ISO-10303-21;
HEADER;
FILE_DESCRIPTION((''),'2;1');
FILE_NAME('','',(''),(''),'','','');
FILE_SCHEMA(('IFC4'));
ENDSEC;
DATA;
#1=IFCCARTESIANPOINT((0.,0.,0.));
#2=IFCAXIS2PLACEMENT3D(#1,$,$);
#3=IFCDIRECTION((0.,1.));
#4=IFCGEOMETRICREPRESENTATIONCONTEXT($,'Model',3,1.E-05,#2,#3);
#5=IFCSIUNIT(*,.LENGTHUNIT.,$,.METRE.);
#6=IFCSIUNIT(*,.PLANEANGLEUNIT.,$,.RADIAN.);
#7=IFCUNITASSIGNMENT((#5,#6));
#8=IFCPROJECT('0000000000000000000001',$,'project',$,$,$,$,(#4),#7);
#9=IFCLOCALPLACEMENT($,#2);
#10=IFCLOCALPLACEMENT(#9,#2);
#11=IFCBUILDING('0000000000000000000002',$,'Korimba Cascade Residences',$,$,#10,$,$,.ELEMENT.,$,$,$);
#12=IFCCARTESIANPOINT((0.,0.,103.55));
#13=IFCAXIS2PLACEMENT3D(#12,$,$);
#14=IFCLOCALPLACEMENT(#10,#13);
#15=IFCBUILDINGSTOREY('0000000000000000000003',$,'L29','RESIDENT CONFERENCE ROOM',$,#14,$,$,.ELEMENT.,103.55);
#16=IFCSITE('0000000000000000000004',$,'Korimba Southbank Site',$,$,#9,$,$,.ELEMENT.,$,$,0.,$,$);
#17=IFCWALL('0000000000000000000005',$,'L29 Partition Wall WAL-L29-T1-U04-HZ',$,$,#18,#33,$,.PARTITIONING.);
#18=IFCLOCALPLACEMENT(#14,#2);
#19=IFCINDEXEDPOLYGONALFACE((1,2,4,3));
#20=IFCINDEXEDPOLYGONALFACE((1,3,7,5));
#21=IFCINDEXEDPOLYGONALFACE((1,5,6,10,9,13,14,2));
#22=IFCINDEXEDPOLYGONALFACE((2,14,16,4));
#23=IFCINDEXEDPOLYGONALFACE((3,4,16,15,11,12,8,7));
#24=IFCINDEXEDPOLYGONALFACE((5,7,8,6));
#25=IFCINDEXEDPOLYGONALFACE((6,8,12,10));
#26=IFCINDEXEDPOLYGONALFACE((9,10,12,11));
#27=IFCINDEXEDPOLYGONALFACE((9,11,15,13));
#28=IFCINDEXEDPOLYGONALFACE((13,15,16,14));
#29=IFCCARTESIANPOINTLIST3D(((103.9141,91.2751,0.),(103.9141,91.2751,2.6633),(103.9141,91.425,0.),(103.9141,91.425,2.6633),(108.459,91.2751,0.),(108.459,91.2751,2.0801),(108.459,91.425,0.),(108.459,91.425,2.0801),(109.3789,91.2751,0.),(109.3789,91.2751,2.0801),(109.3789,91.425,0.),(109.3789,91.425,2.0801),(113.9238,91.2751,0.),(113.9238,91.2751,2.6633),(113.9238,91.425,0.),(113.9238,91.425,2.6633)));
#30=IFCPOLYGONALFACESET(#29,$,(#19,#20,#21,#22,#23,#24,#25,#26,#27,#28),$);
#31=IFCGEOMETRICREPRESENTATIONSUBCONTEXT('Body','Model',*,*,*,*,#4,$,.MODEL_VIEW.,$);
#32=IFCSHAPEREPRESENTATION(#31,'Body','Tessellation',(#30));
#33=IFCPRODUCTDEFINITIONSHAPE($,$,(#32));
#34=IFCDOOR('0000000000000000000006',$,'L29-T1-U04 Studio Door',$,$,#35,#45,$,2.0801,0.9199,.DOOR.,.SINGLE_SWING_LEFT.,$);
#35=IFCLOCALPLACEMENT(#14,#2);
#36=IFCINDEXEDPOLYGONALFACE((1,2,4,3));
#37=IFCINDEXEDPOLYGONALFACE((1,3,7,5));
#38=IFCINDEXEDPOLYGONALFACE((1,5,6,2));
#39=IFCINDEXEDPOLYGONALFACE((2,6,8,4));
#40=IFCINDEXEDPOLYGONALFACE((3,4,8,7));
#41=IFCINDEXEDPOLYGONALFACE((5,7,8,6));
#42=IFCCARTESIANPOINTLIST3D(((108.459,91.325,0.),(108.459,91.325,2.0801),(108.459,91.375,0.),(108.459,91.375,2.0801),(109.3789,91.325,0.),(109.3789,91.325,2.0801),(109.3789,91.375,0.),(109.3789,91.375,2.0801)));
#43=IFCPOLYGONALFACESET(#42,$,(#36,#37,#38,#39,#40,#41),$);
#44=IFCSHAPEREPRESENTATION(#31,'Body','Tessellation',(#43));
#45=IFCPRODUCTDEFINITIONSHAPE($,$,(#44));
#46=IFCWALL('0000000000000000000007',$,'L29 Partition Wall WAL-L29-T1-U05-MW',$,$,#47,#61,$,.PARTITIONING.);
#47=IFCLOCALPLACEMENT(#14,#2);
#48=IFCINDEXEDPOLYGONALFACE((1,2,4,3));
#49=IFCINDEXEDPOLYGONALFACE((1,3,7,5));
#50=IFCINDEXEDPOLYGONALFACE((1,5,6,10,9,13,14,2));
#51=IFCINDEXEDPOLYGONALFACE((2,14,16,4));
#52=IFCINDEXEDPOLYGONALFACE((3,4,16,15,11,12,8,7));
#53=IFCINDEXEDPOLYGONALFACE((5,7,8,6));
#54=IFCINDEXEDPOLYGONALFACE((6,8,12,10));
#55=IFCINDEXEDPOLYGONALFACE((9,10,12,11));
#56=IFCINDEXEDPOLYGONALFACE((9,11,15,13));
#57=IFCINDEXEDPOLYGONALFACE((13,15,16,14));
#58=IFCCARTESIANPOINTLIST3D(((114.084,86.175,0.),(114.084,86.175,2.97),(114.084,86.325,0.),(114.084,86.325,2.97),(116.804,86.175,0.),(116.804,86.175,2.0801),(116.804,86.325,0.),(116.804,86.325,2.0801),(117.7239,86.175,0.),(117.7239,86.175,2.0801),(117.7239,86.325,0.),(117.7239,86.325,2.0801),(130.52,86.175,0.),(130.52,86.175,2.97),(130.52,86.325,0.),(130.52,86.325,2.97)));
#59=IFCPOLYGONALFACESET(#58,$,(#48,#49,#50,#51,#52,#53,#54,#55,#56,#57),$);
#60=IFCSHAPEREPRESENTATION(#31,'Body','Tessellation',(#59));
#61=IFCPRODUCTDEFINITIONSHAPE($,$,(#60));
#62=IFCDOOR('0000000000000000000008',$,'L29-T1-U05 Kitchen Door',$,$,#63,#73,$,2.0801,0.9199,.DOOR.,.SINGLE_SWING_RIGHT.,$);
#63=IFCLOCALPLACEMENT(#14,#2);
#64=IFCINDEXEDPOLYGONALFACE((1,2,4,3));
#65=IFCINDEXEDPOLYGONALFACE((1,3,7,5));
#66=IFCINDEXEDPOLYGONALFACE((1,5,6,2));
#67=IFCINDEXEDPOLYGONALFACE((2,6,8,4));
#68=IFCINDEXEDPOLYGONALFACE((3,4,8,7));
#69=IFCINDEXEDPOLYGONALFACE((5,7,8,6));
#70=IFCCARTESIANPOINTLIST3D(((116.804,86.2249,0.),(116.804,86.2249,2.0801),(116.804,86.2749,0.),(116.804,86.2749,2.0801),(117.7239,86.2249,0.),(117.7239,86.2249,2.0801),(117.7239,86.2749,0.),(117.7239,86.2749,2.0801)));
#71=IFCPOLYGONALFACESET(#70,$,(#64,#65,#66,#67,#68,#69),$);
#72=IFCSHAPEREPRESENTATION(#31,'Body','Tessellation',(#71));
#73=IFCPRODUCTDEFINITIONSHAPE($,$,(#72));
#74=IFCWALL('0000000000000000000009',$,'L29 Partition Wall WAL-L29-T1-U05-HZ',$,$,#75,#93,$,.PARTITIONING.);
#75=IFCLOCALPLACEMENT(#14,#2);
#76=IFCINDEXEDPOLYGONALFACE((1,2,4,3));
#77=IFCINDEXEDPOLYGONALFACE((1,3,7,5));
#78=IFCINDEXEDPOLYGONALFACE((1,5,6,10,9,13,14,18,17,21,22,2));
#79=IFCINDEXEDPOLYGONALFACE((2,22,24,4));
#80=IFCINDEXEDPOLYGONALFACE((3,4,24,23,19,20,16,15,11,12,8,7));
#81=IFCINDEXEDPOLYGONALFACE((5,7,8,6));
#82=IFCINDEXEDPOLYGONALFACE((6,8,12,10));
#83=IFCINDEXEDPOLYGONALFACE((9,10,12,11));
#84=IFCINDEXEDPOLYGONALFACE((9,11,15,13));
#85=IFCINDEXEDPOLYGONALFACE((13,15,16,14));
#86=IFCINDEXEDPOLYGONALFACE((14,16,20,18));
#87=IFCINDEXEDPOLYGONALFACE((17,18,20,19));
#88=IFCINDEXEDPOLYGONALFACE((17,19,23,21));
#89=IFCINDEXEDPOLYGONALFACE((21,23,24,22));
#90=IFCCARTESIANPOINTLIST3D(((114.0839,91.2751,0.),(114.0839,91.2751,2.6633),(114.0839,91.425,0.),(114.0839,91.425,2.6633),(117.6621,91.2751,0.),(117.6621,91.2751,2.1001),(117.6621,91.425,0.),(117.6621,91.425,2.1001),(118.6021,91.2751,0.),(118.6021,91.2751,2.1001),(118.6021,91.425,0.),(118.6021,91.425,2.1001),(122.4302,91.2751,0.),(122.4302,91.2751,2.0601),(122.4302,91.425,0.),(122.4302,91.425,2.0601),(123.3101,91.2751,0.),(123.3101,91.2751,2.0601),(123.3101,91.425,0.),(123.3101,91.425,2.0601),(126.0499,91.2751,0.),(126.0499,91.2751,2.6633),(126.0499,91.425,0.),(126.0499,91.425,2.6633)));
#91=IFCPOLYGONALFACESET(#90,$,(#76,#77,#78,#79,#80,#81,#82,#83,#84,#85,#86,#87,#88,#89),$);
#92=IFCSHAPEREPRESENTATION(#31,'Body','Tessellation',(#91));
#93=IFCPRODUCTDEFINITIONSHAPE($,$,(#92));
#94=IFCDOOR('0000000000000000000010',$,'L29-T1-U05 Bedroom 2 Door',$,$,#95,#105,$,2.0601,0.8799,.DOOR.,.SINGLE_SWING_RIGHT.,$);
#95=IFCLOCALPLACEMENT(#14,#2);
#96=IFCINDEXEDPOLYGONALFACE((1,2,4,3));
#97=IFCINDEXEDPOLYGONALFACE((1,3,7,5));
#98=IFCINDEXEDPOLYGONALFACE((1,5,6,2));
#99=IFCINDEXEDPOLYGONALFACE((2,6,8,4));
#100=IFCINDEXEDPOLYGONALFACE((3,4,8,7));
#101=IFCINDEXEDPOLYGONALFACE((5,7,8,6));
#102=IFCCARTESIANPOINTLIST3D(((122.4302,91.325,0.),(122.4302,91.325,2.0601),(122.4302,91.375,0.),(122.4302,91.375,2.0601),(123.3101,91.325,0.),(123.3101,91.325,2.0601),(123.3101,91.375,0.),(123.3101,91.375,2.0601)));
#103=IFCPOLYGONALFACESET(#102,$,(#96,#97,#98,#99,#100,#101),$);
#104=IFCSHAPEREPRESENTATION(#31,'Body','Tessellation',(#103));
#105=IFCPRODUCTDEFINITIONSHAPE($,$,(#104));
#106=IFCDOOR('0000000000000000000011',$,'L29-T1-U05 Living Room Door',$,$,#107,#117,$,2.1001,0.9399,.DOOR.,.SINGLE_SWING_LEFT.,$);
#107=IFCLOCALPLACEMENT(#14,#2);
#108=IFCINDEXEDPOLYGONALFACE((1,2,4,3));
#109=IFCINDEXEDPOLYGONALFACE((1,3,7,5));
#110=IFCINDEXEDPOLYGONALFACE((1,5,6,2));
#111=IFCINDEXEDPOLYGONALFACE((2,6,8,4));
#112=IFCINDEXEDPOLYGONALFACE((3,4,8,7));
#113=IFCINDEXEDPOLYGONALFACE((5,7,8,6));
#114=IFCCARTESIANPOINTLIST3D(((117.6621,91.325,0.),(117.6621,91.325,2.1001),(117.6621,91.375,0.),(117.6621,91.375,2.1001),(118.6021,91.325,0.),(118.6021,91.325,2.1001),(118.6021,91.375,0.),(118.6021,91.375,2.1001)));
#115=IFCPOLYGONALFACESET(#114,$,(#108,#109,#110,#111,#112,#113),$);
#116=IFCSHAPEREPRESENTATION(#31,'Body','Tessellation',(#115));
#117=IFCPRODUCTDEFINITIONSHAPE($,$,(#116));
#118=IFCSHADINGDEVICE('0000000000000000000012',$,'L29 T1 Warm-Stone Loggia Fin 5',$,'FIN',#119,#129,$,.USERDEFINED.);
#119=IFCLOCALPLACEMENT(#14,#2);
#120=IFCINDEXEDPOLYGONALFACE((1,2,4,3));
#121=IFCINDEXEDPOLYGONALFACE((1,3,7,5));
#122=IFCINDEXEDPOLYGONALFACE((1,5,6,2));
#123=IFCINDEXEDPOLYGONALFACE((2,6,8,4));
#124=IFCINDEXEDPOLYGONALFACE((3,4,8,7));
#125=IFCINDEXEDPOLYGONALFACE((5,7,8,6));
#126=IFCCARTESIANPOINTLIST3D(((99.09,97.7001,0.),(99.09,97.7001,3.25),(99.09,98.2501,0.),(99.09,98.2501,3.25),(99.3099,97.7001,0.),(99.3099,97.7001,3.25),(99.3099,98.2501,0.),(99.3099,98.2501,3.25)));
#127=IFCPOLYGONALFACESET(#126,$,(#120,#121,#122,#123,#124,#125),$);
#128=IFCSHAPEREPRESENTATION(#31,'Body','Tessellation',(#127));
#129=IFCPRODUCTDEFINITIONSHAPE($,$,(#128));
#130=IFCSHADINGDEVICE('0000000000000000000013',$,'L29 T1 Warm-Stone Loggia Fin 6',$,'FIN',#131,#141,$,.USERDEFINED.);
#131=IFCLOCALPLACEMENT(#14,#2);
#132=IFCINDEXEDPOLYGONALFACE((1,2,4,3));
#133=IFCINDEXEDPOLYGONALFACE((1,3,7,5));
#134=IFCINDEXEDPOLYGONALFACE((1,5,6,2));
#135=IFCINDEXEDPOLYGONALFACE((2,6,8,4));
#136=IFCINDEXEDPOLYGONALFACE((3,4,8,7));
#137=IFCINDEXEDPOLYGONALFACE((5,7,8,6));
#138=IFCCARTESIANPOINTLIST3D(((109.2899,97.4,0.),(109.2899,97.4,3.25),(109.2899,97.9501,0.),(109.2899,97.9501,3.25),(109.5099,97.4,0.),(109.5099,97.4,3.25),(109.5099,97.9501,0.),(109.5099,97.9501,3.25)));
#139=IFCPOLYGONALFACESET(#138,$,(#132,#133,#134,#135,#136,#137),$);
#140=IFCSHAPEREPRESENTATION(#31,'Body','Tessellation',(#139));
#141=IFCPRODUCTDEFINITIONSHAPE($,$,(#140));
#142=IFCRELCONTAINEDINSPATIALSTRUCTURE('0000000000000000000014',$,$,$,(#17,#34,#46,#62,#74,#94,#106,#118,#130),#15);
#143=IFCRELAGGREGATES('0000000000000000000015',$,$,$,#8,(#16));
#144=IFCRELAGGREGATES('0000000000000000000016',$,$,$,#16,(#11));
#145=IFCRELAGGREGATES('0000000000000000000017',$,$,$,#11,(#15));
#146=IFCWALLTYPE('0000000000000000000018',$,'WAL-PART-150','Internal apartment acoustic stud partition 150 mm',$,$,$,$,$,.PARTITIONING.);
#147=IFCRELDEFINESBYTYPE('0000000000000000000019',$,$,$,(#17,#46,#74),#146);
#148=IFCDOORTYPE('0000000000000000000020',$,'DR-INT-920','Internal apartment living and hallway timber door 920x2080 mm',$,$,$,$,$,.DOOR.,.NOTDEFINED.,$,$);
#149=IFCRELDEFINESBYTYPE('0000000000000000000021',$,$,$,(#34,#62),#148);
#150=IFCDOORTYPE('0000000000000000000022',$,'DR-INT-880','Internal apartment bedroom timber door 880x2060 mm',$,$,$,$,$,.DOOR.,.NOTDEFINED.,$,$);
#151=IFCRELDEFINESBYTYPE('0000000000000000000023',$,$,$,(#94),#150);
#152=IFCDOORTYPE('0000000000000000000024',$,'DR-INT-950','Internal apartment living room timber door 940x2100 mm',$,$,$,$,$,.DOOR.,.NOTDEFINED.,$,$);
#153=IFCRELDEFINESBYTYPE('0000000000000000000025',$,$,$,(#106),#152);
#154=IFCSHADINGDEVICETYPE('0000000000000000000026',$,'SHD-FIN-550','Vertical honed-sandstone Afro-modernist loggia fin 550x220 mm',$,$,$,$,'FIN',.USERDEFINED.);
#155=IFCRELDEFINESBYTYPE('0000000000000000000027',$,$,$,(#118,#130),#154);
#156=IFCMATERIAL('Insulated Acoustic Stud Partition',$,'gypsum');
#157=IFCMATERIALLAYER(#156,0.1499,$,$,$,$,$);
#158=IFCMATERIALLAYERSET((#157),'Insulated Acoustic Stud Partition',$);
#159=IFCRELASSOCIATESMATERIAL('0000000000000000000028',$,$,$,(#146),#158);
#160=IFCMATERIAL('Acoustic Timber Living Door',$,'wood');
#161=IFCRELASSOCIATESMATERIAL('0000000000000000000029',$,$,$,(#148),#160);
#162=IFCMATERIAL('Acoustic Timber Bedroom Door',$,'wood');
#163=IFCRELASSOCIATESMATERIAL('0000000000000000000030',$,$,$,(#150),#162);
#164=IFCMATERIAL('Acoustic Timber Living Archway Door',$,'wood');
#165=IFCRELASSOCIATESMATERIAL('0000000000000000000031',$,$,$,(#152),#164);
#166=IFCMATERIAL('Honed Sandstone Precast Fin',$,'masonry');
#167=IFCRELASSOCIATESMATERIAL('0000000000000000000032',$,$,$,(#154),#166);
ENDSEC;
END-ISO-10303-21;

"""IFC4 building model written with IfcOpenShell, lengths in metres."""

from ifc_helpers import new_model, si_unit, direction, frame, frame_2d, origin, origin_2d, place, context, subcontext, project, spatial, rectangle, extrude, material, layer, layer_set, type_object, element, fill, save


model = new_model("IFC4")

# Units and contexts
model_context = context("Model", 3, precision=1e-05, world=origin(), true_north=direction((0.0, 1.0)))
body_context = subcontext(model_context, "Body", "Model", "MODEL_VIEW")
ifc_project = project(units=[si_unit("LENGTHUNIT", "METRE"), si_unit("PLANEANGLEUNIT", "RADIAN")], contexts=[model_context])

# Site, building, storey
site_placement = place(None, origin())
site = spatial("IfcSite", under=ifc_project, at=site_placement, Name="Korimba Southbank Site", CompositionType="ELEMENT", RefElevation=0.0)
building_placement = place(site_placement, origin())
building = spatial("IfcBuilding", under=site, at=building_placement, Name="Korimba Cascade Residences", CompositionType="ELEMENT")
storey_placement = place(building_placement, frame((0.0, 0.0, 103.55)))
storey = spatial("IfcBuildingStorey", under=building, at=storey_placement, Name="L29", Description="RESIDENT CONFERENCE ROOM", CompositionType="ELEMENT", Elevation=103.55)

# Walls, openings, doors
ifc_material_1 = material(Name="Insulated Acoustic Stud Partition", Category="gypsum")
ifc_layer = layer(ifc_material_1, 0.1499)
ifc_layer_set = layer_set([ifc_layer], Name="Insulated Acoustic Stud Partition")
wall_type = type_object("IfcWallType", Name="WAL-PART-150", Description="Internal apartment acoustic stud partition 150 mm", PredefinedType="PARTITIONING", material=ifc_layer_set)
wall_1_placement = place(storey_placement, frame((103.9141, 91.3501, 0.0), z_axis=(0.0, 0.0, 1.0), x_axis=(1.0, 0.0, 0.0)))
wall_1 = element("IfcWall", 1, at=wall_1_placement, inside=storey, type_object=wall_type, Name="L29 Partition Wall WAL-L29-T1-U04-HZ", PredefinedType="PARTITIONING", context=body_context, shape_type="SweptSolid", body=[
    extrude(rectangle(XDim=10.0098, YDim=0.1499, at=frame_2d((5.0049, 0.0))), origin(), (0.0, 0.0, 1.0), 2.6633),
])
opening_1_placement = place(wall_1_placement, frame((4.5449, 0.0, 0.0)))
opening_1 = element("IfcOpeningElement", 2, at=opening_1_placement, cuts=wall_1, PredefinedType="OPENING", context=body_context, shape_type="SweptSolid", body=[
    extrude(rectangle(XDim=0.9199, YDim=2.0801, at=frame_2d((0.46, 1.04))), frame((0.0, 0.085, 0.0), z_axis=(0.0, -1.0, 0.0), x_axis=(1.0, 0.0, 0.0)), (0.0, 0.0, 1.0), 0.1699),
])
ifc_material_2 = material(Name="Acoustic Timber Living Door", Category="wood")
door_type_1 = type_object("IfcDoorType", Name="DR-INT-920", Description="Internal apartment living and hallway timber door 920x2080 mm", OperationType="NOTDEFINED", PredefinedType="DOOR", material=ifc_material_2)
door_1_placement = place(opening_1_placement, origin())
door_1 = element("IfcDoor", 3, at=door_1_placement, inside=storey, type_object=door_type_1, Name="L29-T1-U04 Studio Door", OperationType="SINGLE_SWING_LEFT", OverallHeight=2.0801, OverallWidth=0.9199, PredefinedType="DOOR", context=body_context, shape_type="SweptSolid", body=[
    extrude(rectangle(XDim=0.9199, YDim=2.0801, at=frame_2d((0.46, 1.04))), frame((0.0, 0.0249, 0.0), z_axis=(0.0, -1.0, 0.0), x_axis=(1.0, 0.0, 0.0)), (0.0, 0.0, 1.0), 0.05),
])
fill(opening_1, door_1)
wall_2_placement = place(storey_placement, frame((114.084, 86.25, 0.0), z_axis=(0.0, 0.0, 1.0), x_axis=(1.0, 0.0, 0.0)))
wall_2 = element("IfcWall", 4, at=wall_2_placement, inside=storey, type_object=wall_type, Name="L29 Partition Wall WAL-L29-T1-U05-MW", PredefinedType="PARTITIONING", context=body_context, shape_type="SweptSolid", body=[
    extrude(rectangle(XDim=16.436, YDim=0.1499, at=frame_2d((8.218, 0.0))), origin(), (0.0, 0.0, 1.0), 2.97),
])
opening_2_placement = place(wall_2_placement, frame((2.72, 0.0, 0.0)))
opening_2 = element("IfcOpeningElement", 5, at=opening_2_placement, cuts=wall_2, PredefinedType="OPENING", context=body_context, shape_type="SweptSolid", body=[
    extrude(rectangle(XDim=0.9199, YDim=2.0801, at=frame_2d((0.46, 1.04))), frame((0.0, 0.085, 0.0), z_axis=(0.0, -1.0, 0.0), x_axis=(1.0, 0.0, 0.0)), (0.0, 0.0, 1.0), 0.1699),
])
door_2_placement = place(opening_2_placement, origin())
door_2 = element("IfcDoor", 6, at=door_2_placement, inside=storey, type_object=door_type_1, Name="L29-T1-U05 Kitchen Door", OperationType="SINGLE_SWING_RIGHT", OverallHeight=2.0801, OverallWidth=0.9199, PredefinedType="DOOR", context=body_context, shape_type="SweptSolid", body=[
    extrude(rectangle(XDim=0.9199, YDim=2.0801, at=frame_2d((0.46, 1.04))), frame((0.0, 0.0249, 0.0), z_axis=(0.0, -1.0, 0.0), x_axis=(1.0, 0.0, 0.0)), (0.0, 0.0, 1.0), 0.05),
])
fill(opening_2, door_2)

# Wall, openings, doors
wall_3_placement = place(storey_placement, frame((114.084, 91.3501, 0.0), z_axis=(0.0, 0.0, 1.0), x_axis=(1.0, 0.0, 0.0)))
wall_3 = element("IfcWall", 7, at=wall_3_placement, inside=storey, type_object=wall_type, Name="L29 Partition Wall WAL-L29-T1-U05-HZ", PredefinedType="PARTITIONING", context=body_context, shape_type="SweptSolid", body=[
    extrude(rectangle(XDim=11.9661, YDim=0.1499, at=frame_2d((5.9829, 0.0))), origin(), (0.0, 0.0, 1.0), 2.6633),
])
opening_3_placement = place(wall_3_placement, frame((3.5781, 0.0, 0.0)))
opening_3 = element("IfcOpeningElement", 8, at=opening_3_placement, cuts=wall_3, PredefinedType="OPENING", context=body_context, shape_type="SweptSolid", body=[
    extrude(rectangle(XDim=0.9399, YDim=2.1001, at=frame_2d((0.47, 1.05))), frame((0.0, 0.085, 0.0), z_axis=(0.0, -1.0, 0.0), x_axis=(1.0, 0.0, 0.0)), (0.0, 0.0, 1.0), 0.1699),
])
opening_4_placement = place(wall_3_placement, frame((8.3462, 0.0, 0.0)))
opening_4 = element("IfcOpeningElement", 9, at=opening_4_placement, cuts=wall_3, PredefinedType="OPENING", context=body_context, shape_type="SweptSolid", body=[
    extrude(rectangle(XDim=0.8799, YDim=2.0601, at=frame_2d((0.4399, 1.03))), frame((0.0, 0.085, 0.0), z_axis=(0.0, -1.0, 0.0), x_axis=(1.0, 0.0, 0.0)), (0.0, 0.0, 1.0), 0.1699),
])
ifc_material_3 = material(Name="Acoustic Timber Bedroom Door", Category="wood")
door_type_2 = type_object("IfcDoorType", Name="DR-INT-880", Description="Internal apartment bedroom timber door 880x2060 mm", OperationType="NOTDEFINED", PredefinedType="DOOR", material=ifc_material_3)
door_3_placement = place(opening_4_placement, origin())
door_3 = element("IfcDoor", 10, at=door_3_placement, inside=storey, type_object=door_type_2, Name="L29-T1-U05 Bedroom 2 Door", OperationType="SINGLE_SWING_RIGHT", OverallHeight=2.0601, OverallWidth=0.8799, PredefinedType="DOOR", context=body_context, shape_type="SweptSolid", body=[
    extrude(rectangle(XDim=0.8799, YDim=2.0601, at=frame_2d((0.4399, 1.03))), frame((0.0, 0.0249, 0.0), z_axis=(0.0, -1.0, 0.0), x_axis=(1.0, 0.0, 0.0)), (0.0, 0.0, 1.0), 0.05),
])
fill(opening_4, door_3)
ifc_material_4 = material(Name="Acoustic Timber Living Archway Door", Category="wood")
door_type_3 = type_object("IfcDoorType", Name="DR-INT-950", Description="Internal apartment living room timber door 940x2100 mm", OperationType="NOTDEFINED", PredefinedType="DOOR", material=ifc_material_4)
door_4_placement = place(opening_3_placement, origin())
door_4 = element("IfcDoor", 11, at=door_4_placement, inside=storey, type_object=door_type_3, Name="L29-T1-U05 Living Room Door", OperationType="SINGLE_SWING_LEFT", OverallHeight=2.1001, OverallWidth=0.9399, PredefinedType="DOOR", context=body_context, shape_type="SweptSolid", body=[
    extrude(rectangle(XDim=0.9399, YDim=2.1001, at=frame_2d((0.47, 1.05))), frame((0.0, 0.0249, 0.0), z_axis=(0.0, -1.0, 0.0), x_axis=(1.0, 0.0, 0.0)), (0.0, 0.0, 1.0), 0.05),
])
fill(opening_3, door_4)

# Shading devices
ifc_material_5 = material(Name="Honed Sandstone Precast Fin", Category="masonry")
shading_device_type = type_object("IfcShadingDeviceType", Name="SHD-FIN-550", Description="Vertical honed-sandstone Afro-modernist loggia fin 550x220 mm", ElementType="FIN", PredefinedType="USERDEFINED", material=ifc_material_5)
for number, where, z_axis, x_axis, name in (
    (12, (99.2, 97.9751, 0.0), (0.0, 0.0, 1.0), (1.0, 0.0, 0.0), "L29 T1 Warm-Stone Loggia Fin 5"),
    (13, (109.3999, 97.675, 0.0), (0.0, 0.0, 1.0), (1.0, 0.0, 0.0), "L29 T1 Warm-Stone Loggia Fin 6"),
):
    element("IfcShadingDevice", number, at=place(storey_placement, frame(where, z_axis=z_axis, x_axis=x_axis)), inside=storey, type_object=shading_device_type, Name=name, ObjectType="FIN", PredefinedType="USERDEFINED", context=body_context, shape_type="SweptSolid", body=[
        extrude(rectangle(XDim=0.22, YDim=0.55, at=origin_2d()), origin(), (0.0, 0.0, 1.0), 3.25),
    ])

save(model, "model.ifc")
